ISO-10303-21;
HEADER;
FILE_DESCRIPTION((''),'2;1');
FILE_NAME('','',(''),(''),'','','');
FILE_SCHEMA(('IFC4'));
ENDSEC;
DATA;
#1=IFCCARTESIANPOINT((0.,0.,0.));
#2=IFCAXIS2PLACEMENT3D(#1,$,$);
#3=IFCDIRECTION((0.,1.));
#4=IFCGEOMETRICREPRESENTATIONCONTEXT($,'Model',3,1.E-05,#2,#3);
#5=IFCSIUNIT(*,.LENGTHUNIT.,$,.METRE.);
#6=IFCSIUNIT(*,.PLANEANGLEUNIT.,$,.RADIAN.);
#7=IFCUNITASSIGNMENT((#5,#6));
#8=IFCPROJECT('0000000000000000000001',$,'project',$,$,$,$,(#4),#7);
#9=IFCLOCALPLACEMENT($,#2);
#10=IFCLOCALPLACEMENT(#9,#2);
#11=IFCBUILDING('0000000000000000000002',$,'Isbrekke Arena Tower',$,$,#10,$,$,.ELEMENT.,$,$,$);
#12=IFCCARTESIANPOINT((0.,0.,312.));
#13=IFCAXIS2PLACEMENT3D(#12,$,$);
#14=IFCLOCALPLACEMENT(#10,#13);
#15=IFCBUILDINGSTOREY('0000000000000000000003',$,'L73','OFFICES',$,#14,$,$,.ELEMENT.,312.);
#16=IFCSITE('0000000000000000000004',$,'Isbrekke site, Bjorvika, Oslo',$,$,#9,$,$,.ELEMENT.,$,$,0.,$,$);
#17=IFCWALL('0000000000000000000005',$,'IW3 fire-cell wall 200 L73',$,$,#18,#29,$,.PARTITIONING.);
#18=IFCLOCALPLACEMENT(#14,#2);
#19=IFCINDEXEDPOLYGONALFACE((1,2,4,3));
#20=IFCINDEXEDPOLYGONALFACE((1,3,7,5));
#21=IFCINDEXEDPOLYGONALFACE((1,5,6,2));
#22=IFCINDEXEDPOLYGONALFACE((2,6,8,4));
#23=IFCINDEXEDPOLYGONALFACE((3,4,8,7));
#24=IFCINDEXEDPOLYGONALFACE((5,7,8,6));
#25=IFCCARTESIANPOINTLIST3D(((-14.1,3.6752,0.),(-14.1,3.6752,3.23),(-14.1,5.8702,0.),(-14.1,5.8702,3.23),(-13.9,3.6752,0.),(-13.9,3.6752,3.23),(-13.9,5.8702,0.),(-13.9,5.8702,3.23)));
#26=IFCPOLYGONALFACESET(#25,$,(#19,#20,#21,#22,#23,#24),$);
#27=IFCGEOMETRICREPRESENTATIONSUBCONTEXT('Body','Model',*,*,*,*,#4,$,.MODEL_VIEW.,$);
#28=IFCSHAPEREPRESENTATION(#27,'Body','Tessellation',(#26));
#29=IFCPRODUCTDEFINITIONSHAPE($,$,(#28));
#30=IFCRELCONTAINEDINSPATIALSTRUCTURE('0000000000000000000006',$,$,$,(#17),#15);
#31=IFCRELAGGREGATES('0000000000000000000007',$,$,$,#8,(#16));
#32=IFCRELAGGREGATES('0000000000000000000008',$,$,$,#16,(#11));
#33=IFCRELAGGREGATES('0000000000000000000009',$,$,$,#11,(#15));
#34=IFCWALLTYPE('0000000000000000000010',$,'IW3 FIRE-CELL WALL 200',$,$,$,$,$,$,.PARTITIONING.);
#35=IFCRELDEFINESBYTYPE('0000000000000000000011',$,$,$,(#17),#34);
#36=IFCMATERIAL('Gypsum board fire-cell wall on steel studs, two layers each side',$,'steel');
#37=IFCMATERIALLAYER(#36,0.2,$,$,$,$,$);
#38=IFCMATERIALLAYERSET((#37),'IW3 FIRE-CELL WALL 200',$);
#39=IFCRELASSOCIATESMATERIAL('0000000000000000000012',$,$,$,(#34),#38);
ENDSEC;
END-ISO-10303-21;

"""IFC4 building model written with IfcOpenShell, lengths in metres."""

from ifc_helpers import new_model, si_unit, direction, frame, frame_2d, origin, place, context, subcontext, project, spatial, rectangle, extrude, material, layer, layer_set, type_object, element, save


model = new_model("IFC4")

# Units and contexts
model_context = context("Model", 3, precision=1e-05, world=origin(), true_north=direction((0.0, 1.0)))
body_context = subcontext(model_context, "Body", "Model", "MODEL_VIEW")
ifc_project = project(units=[si_unit("LENGTHUNIT", "METRE"), si_unit("PLANEANGLEUNIT", "RADIAN")], contexts=[model_context])

# Site, building, storey
site_placement = place(None, origin())
site = spatial("IfcSite", under=ifc_project, at=site_placement, Name="Isbrekke site, Bjorvika, Oslo", CompositionType="ELEMENT", RefElevation=0.0)
building_placement = place(site_placement, origin())
building = spatial("IfcBuilding", under=site, at=building_placement, Name="Isbrekke Arena Tower", CompositionType="ELEMENT")
storey_placement = place(building_placement, frame((0.0, 0.0, 312.0)))
storey = spatial("IfcBuildingStorey", under=building, at=storey_placement, Name="L73", Description="OFFICES", CompositionType="ELEMENT", Elevation=312.0)

# Wall
ifc_material_1 = material(Name="Gypsum board fire-cell wall on steel studs, two layers each side", Category="steel")
ifc_layer_1 = layer(ifc_material_1, 0.2)
ifc_layer_set_1 = layer_set([ifc_layer_1], Name="IW3 FIRE-CELL WALL 200")
wall_type_1 = type_object("IfcWallType", Name="IW3 FIRE-CELL WALL 200", PredefinedType="PARTITIONING", material=ifc_layer_set_1)
wall_1_placement = place(storey_placement, frame((-14.0, 3.675, 0.0), z_axis=(0.0, 0.0, 1.0), x_axis=(0.0, 1.0, 0.0)))
element("IfcWall", 1, at=wall_1_placement, inside=storey, type_object=wall_type_1, Name="IW3 fire-cell wall 200 L73", PredefinedType="PARTITIONING", context=body_context, shape_type="SweptSolid", body=[
    extrude(rectangle(XDim=2.1951, YDim=0.2, at=frame_2d((1.0977, 0.0))), origin(), (0.0, 0.0, 1.0), 3.23),
])

save(model, "model.ifc")
